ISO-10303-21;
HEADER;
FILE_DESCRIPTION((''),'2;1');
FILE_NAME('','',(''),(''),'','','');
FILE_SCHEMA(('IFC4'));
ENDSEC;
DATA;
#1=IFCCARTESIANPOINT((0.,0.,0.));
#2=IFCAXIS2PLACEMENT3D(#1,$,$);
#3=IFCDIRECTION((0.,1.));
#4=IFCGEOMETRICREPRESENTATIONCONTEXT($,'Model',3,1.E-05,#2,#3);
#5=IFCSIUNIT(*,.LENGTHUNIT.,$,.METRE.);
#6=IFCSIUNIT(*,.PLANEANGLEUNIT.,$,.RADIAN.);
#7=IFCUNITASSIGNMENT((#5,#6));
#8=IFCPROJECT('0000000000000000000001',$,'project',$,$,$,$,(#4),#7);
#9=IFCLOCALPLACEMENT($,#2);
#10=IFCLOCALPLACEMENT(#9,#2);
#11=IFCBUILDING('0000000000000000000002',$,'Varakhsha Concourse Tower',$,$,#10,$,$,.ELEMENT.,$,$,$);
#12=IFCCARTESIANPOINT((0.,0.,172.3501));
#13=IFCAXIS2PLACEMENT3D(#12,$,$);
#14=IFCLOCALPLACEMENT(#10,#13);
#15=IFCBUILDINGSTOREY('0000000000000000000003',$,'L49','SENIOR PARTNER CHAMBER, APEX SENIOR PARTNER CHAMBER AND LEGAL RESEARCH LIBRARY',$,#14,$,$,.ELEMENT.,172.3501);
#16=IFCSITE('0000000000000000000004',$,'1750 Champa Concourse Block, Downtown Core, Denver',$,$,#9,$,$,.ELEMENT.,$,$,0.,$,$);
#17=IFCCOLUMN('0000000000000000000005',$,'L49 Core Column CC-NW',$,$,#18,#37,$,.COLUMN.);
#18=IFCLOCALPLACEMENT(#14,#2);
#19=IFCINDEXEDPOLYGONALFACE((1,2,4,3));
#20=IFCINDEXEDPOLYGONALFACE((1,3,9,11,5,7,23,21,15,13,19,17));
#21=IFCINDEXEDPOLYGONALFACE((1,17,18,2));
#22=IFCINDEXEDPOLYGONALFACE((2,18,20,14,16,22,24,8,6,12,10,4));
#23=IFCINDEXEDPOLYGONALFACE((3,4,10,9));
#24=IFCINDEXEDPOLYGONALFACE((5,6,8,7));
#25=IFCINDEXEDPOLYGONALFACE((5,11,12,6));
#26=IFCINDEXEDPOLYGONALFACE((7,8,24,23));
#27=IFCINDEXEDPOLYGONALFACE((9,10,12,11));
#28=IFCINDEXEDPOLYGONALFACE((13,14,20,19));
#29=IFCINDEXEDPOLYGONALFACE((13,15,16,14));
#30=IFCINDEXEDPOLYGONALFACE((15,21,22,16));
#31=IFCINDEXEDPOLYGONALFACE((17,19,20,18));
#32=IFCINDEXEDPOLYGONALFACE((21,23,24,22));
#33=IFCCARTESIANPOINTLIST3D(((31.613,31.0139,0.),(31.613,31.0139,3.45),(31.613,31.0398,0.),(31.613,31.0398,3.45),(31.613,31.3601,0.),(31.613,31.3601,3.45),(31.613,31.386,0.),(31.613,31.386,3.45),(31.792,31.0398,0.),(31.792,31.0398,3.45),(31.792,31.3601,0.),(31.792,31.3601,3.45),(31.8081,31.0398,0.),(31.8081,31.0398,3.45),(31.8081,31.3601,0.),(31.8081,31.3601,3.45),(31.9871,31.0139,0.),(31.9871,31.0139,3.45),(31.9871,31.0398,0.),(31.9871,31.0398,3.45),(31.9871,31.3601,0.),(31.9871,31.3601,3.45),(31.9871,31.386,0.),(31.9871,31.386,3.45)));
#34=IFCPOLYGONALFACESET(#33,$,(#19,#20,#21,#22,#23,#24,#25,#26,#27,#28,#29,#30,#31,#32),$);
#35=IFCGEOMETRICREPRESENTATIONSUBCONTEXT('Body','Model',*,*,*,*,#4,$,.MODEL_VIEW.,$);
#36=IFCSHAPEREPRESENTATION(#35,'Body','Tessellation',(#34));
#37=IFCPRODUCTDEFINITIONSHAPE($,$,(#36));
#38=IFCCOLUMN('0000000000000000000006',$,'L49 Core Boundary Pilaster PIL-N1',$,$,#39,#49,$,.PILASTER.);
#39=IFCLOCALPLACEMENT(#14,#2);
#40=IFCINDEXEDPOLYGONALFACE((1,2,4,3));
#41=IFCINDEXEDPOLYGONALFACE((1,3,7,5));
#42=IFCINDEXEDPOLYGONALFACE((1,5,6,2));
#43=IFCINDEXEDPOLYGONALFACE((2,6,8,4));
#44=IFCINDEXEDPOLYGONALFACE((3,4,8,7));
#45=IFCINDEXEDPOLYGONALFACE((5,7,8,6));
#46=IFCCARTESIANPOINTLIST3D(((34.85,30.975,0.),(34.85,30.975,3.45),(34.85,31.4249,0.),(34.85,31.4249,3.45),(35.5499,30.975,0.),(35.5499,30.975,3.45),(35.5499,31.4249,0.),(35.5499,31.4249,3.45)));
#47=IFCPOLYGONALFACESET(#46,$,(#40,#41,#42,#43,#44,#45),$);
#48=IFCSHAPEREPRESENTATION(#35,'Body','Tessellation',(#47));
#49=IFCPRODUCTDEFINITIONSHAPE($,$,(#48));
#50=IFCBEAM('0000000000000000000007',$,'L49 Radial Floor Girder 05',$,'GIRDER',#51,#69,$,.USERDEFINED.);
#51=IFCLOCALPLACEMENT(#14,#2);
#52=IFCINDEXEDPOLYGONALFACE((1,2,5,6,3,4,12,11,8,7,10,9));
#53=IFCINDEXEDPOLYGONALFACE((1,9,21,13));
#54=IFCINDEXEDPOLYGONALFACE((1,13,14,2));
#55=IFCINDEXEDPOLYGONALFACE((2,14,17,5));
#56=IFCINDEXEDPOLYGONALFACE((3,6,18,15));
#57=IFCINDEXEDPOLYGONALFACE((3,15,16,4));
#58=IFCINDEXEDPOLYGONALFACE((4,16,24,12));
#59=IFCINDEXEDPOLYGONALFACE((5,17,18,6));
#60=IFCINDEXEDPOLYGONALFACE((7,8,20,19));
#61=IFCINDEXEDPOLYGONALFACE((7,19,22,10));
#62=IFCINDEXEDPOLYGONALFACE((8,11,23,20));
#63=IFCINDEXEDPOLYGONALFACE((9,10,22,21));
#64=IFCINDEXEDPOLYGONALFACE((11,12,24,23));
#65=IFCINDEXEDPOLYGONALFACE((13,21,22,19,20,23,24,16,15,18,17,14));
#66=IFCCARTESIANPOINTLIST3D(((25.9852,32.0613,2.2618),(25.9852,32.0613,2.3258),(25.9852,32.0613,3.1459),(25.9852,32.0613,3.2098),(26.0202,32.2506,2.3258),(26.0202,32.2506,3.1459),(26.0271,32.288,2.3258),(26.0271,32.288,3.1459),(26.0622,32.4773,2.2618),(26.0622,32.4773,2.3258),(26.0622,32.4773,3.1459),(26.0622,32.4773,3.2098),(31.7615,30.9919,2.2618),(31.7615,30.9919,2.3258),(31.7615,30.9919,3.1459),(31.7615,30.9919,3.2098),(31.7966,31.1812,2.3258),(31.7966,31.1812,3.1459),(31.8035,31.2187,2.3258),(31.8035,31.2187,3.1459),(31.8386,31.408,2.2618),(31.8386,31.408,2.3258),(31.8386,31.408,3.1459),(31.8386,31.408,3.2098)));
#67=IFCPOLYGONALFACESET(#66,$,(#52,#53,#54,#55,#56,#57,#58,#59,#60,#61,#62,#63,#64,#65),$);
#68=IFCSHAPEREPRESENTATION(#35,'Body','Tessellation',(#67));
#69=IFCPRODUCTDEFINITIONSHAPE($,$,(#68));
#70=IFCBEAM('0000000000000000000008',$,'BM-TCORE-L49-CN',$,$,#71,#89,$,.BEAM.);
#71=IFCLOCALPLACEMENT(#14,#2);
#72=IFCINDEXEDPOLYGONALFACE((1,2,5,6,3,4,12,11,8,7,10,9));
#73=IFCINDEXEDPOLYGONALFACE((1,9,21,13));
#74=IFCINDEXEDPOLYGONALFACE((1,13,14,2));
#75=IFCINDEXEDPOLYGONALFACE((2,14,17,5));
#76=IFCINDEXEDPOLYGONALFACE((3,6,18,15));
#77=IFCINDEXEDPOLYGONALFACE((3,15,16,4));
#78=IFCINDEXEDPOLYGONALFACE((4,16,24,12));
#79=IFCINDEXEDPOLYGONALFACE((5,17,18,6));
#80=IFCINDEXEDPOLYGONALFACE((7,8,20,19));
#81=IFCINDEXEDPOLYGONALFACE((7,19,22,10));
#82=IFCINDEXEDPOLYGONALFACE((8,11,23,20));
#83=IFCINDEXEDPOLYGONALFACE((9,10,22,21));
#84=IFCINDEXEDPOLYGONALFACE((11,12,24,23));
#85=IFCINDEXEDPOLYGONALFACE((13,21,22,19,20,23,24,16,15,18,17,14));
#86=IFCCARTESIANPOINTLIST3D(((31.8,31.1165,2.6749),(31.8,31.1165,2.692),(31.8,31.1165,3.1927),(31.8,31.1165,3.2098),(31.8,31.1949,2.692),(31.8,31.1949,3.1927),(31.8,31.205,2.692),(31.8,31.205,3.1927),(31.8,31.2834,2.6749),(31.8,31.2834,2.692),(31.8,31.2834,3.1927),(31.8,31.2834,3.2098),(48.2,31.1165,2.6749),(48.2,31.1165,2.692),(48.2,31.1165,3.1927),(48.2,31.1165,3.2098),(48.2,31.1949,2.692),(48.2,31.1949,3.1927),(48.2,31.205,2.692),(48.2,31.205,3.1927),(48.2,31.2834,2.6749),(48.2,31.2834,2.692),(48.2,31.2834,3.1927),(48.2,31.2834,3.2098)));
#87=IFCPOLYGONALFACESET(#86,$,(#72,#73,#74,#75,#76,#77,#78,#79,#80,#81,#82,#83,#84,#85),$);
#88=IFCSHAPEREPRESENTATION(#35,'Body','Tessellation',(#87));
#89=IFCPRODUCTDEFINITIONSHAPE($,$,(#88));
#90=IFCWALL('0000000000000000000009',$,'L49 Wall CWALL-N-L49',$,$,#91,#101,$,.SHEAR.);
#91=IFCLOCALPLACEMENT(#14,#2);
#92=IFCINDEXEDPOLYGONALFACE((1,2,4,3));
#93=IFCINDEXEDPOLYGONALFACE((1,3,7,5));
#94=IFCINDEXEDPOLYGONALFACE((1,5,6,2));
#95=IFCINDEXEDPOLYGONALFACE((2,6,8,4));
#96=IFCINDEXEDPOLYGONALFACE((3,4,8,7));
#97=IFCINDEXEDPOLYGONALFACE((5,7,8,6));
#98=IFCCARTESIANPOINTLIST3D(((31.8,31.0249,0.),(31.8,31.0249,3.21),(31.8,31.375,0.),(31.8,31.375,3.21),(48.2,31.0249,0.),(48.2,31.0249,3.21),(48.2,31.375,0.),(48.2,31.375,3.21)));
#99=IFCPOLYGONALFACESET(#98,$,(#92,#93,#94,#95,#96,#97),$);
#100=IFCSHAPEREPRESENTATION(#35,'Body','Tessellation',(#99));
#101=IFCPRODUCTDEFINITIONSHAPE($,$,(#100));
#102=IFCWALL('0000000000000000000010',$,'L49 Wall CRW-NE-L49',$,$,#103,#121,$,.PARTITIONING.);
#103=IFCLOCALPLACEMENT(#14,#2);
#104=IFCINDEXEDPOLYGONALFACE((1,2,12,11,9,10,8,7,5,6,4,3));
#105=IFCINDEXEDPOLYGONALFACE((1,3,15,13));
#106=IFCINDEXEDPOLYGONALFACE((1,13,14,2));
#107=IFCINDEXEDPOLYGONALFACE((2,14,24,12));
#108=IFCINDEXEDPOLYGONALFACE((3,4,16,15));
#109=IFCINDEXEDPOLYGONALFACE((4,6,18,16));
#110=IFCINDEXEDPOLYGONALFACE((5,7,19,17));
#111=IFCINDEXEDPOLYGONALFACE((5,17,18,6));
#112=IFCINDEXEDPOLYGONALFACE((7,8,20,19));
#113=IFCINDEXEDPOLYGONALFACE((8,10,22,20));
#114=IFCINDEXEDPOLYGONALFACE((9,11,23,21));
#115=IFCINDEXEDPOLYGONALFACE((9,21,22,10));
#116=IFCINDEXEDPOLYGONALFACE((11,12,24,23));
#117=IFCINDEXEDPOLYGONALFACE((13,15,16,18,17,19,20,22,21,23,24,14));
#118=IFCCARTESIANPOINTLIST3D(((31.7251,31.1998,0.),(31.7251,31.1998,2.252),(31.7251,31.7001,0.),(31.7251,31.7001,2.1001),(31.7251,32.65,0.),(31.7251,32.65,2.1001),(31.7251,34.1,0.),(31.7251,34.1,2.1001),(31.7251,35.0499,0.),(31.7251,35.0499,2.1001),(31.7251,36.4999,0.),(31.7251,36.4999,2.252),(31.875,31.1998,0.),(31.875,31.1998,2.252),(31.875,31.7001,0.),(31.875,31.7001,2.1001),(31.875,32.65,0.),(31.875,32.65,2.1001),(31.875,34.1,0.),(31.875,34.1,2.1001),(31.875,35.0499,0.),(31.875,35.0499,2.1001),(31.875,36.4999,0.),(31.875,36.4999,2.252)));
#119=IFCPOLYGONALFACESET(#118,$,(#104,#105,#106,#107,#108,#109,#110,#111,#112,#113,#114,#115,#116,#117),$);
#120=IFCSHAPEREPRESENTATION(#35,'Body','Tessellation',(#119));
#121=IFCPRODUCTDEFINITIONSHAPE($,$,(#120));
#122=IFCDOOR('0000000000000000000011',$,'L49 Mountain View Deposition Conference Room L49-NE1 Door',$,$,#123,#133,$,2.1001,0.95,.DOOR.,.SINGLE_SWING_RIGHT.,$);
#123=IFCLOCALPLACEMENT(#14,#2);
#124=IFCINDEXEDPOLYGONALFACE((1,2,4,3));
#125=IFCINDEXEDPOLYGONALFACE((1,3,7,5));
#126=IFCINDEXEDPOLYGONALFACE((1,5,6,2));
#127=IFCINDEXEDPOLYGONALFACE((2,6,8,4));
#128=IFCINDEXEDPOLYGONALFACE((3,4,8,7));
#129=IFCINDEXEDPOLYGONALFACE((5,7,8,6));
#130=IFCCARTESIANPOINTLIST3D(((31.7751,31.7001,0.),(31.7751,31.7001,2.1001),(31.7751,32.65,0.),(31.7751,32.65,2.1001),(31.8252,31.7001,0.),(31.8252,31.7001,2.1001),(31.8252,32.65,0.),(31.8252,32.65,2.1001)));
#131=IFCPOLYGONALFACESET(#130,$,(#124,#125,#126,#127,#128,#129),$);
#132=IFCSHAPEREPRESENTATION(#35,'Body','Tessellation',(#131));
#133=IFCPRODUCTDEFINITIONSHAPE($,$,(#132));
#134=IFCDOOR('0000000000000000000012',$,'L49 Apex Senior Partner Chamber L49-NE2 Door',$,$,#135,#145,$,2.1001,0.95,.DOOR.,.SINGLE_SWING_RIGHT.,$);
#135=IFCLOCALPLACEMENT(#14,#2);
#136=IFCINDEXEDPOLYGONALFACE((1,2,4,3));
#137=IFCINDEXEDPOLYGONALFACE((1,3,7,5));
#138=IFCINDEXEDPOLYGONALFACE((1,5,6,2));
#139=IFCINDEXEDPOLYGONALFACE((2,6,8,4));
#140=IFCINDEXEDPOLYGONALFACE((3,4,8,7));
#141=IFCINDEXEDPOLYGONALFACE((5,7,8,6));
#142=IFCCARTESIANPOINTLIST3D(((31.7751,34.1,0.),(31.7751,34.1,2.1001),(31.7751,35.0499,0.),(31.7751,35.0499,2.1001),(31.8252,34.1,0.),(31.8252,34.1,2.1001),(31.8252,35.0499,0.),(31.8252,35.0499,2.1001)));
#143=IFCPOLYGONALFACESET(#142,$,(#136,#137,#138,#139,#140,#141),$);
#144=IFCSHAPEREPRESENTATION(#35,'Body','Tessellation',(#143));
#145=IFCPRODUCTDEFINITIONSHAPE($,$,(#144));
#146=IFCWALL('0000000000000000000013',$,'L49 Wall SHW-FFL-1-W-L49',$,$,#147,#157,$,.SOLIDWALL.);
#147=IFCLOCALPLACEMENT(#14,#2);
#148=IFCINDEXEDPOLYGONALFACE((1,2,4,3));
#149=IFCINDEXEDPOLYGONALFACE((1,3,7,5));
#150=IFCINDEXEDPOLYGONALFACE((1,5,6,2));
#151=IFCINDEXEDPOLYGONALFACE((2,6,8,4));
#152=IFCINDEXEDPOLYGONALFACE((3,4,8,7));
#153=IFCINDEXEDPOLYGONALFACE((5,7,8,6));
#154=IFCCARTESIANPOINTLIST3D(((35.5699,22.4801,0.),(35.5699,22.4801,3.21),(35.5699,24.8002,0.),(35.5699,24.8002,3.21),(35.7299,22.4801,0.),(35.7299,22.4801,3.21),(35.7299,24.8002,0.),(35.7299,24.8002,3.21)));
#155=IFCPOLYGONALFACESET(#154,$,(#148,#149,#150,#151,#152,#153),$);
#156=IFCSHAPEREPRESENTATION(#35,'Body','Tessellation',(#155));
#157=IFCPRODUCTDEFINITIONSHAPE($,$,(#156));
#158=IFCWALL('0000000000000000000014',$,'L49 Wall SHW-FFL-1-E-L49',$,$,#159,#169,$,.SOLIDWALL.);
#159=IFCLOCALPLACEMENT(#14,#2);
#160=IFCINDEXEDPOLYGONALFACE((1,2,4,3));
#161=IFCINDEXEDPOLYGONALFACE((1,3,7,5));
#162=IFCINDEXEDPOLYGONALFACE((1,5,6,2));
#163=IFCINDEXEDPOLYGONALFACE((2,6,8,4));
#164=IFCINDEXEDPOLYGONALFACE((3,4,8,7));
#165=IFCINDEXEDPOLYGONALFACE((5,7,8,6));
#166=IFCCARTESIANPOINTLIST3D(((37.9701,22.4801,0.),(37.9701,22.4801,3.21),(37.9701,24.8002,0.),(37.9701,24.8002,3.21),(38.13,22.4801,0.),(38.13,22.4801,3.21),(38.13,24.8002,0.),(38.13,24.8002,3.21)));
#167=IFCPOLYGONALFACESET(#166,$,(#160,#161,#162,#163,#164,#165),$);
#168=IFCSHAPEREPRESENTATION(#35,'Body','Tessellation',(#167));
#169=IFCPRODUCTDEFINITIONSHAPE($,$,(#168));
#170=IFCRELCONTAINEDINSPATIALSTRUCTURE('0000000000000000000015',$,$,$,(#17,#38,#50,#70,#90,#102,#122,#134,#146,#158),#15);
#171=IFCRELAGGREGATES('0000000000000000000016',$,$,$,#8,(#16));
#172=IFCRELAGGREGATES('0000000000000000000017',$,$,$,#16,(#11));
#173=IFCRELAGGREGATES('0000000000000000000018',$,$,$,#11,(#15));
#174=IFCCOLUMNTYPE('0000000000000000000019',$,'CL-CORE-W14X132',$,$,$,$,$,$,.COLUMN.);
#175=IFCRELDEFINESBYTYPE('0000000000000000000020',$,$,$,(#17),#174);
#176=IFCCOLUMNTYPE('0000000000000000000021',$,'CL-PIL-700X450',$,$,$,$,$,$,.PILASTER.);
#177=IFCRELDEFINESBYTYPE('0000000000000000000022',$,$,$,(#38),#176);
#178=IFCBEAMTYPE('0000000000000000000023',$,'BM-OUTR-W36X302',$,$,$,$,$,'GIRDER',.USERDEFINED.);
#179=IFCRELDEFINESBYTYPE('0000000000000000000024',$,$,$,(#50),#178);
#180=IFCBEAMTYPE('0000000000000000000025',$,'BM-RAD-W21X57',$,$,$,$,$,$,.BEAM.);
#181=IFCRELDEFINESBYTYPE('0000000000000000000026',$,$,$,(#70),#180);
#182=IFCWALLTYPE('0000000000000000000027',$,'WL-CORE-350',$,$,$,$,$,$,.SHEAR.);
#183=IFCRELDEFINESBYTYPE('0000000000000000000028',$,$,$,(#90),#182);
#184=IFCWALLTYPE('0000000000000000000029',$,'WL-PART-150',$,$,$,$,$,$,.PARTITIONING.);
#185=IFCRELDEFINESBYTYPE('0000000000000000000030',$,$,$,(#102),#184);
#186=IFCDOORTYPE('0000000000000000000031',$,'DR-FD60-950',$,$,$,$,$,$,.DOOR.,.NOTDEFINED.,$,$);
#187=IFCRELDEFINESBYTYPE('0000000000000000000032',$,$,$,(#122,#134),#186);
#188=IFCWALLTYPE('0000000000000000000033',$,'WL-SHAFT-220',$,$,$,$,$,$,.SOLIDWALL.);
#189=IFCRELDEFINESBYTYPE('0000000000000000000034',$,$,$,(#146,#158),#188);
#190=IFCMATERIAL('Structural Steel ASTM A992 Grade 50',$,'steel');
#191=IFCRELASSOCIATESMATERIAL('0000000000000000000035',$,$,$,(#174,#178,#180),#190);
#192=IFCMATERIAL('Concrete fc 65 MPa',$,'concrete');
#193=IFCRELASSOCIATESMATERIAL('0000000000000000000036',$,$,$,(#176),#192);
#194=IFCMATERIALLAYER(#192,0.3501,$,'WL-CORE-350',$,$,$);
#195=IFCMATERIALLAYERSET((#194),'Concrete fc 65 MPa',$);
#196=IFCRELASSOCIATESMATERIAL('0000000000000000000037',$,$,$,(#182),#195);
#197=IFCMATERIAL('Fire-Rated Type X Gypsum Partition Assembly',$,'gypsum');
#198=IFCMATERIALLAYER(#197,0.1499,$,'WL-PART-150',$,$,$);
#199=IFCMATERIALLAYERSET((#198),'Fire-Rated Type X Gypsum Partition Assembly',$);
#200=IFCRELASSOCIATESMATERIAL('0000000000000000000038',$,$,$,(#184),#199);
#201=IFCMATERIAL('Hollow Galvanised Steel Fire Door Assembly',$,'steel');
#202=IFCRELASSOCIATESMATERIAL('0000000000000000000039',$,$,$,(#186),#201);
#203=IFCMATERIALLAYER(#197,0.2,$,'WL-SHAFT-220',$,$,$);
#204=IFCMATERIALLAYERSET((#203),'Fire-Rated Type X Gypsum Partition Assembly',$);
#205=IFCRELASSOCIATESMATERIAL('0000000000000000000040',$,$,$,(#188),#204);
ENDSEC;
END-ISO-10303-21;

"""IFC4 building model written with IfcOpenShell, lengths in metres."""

from ifc_helpers import new_model, si_unit, direction, frame, frame_2d, origin, origin_2d, place, context, subcontext, project, spatial, rectangle, i_section, extrude, material, layer, layer_set, material_profile, profile_set, type_object, element, fill, save


model = new_model("IFC4")

# Units and contexts
model_context = context("Model", 3, precision=1e-05, world=origin(), true_north=direction((0.0, 1.0)))
body_context = subcontext(model_context, "Body", "Model", "MODEL_VIEW")
ifc_project = project(units=[si_unit("LENGTHUNIT", "METRE"), si_unit("PLANEANGLEUNIT", "RADIAN")], contexts=[model_context])

# Site, building, storey
site_placement = place(None, origin())
site = spatial("IfcSite", under=ifc_project, at=site_placement, Name="1750 Champa Concourse Block, Downtown Core, Denver", CompositionType="ELEMENT", RefElevation=0.0)
building_placement = place(site_placement, origin())
building = spatial("IfcBuilding", under=site, at=building_placement, Name="Varakhsha Concourse Tower", CompositionType="ELEMENT")
storey_placement = place(building_placement, frame((0.0, 0.0, 172.3501)))
storey = spatial("IfcBuildingStorey", under=building, at=storey_placement, Name="L49", Description="SENIOR PARTNER CHAMBER, APEX SENIOR PARTNER CHAMBER AND LEGAL RESEARCH LIBRARY", CompositionType="ELEMENT", Elevation=172.3501)

# Columns
ifc_material_1 = material(Name="Structural Steel ASTM A992 Grade 50", Category="steel")
ifc_material_profile_1 = material_profile(ifc_material_1, i_section(OverallWidth=0.374, OverallDepth=0.3721, WebThickness=0.0161, FlangeThickness=0.0259, at=origin_2d()), Name="W14X132")
ifc_profile_set_1 = profile_set([ifc_material_profile_1], Name="Structural Steel ASTM A992 Grade 50")
column_type_1 = type_object("IfcColumnType", Name="CL-CORE-W14X132", PredefinedType="COLUMN", material=ifc_profile_set_1)
column_1_placement = place(storey_placement, frame((31.8, 31.2, 0.0), z_axis=(0.0, 0.0, 1.0), x_axis=(1.0, 0.0, 0.0)))
element("IfcColumn", 1, at=column_1_placement, inside=storey, type_object=column_type_1, Name="L49 Core Column CC-NW", PredefinedType="COLUMN", context=body_context, shape_type="SweptSolid", body=[
    extrude(i_section(OverallWidth=0.374, OverallDepth=0.3721, WebThickness=0.0161, FlangeThickness=0.0259, at=origin_2d()), origin(), (0.0, 0.0, 1.0), 3.45),
])
ifc_material_2 = material(Name="Concrete fc 65 MPa", Category="concrete")
ifc_material_profile_2 = material_profile(ifc_material_2, rectangle(XDim=0.7, YDim=0.45, at=origin_2d()), Name="RC 700x450")
ifc_profile_set_2 = profile_set([ifc_material_profile_2], Name="Concrete fc 65 MPa")
column_type_2 = type_object("IfcColumnType", Name="CL-PIL-700X450", PredefinedType="PILASTER", material=ifc_profile_set_2)
column_2_placement = place(storey_placement, frame((35.2, 31.2, 0.0), z_axis=(0.0, 0.0, 1.0), x_axis=(1.0, 0.0, 0.0)))
element("IfcColumn", 2, at=column_2_placement, inside=storey, type_object=column_type_2, Name="L49 Core Boundary Pilaster PIL-N1", PredefinedType="PILASTER", context=body_context, shape_type="SweptSolid", body=[
    extrude(rectangle(XDim=0.7, YDim=0.45, at=origin_2d()), origin(), (0.0, 0.0, 1.0), 3.45),
])

# Beams
ifc_material_profile_3 = material_profile(ifc_material_1, i_section(OverallWidth=0.4231, OverallDepth=0.948, WebThickness=0.0381, FlangeThickness=0.064, at=origin_2d()), Name="W36X302")
ifc_profile_set_3 = profile_set([ifc_material_profile_3], Name="Structural Steel ASTM A992 Grade 50")
beam_type_1 = type_object("IfcBeamType", Name="BM-OUTR-W36X302", ElementType="GIRDER", PredefinedType="USERDEFINED", material=ifc_profile_set_3)
beam_1_placement = place(storey_placement, frame((31.8, 31.2, 2.7358), z_axis=(-0.983293, 0.18203, 0.0), x_axis=(-0.18203, -0.983293, 0.0)))
element("IfcBeam", 3, at=beam_1_placement, inside=storey, type_object=beam_type_1, Name="L49 Radial Floor Girder 05", ObjectType="GIRDER", PredefinedType="USERDEFINED", context=body_context, shape_type="SweptSolid", body=[
    extrude(i_section(OverallWidth=0.4231, OverallDepth=0.948, WebThickness=0.0381, FlangeThickness=0.064, at=origin_2d()), origin(), (0.0, 0.0, 1.0), 5.8745),
])
ifc_material_profile_4 = material_profile(ifc_material_1, i_section(OverallWidth=0.167, OverallDepth=0.5349, WebThickness=0.01, FlangeThickness=0.0171, at=origin_2d()), Name="W21X57")
ifc_profile_set_4 = profile_set([ifc_material_profile_4], Name="Structural Steel ASTM A992 Grade 50")
beam_type_2 = type_object("IfcBeamType", Name="BM-RAD-W21X57", PredefinedType="BEAM", material=ifc_profile_set_4)
beam_2_placement = place(storey_placement, frame((31.8, 31.2, 2.9424), z_axis=(1.0, 0.0, 0.0), x_axis=(0.0, 1.0, 0.0)))
element("IfcBeam", 4, at=beam_2_placement, inside=storey, type_object=beam_type_2, Name="BM-TCORE-L49-CN", PredefinedType="BEAM", context=body_context, shape_type="SweptSolid", body=[
    extrude(i_section(OverallWidth=0.167, OverallDepth=0.5349, WebThickness=0.01, FlangeThickness=0.0171, at=origin_2d()), origin(), (0.0, 0.0, 1.0), 16.3999),
])

# Wall
ifc_layer_1 = layer(ifc_material_2, 0.3501, Name="WL-CORE-350")
ifc_layer_set_1 = layer_set([ifc_layer_1], Name="Concrete fc 65 MPa")
wall_type_1 = type_object("IfcWallType", Name="WL-CORE-350", PredefinedType="SHEAR", material=ifc_layer_set_1)
wall_1_placement = place(storey_placement, frame((31.8, 31.2, 0.0), z_axis=(0.0, 0.0, 1.0), x_axis=(1.0, 0.0, 0.0)))
element("IfcWall", 5, at=wall_1_placement, inside=storey, type_object=wall_type_1, Name="L49 Wall CWALL-N-L49", PredefinedType="SHEAR", context=body_context, shape_type="SweptSolid", body=[
    extrude(rectangle(XDim=16.3999, YDim=0.3501, at=frame_2d((8.2, 0.0))), origin(), (0.0, 0.0, 1.0), 3.21),
])

# Wall, openings, doors
ifc_material_3 = material(Name="Fire-Rated Type X Gypsum Partition Assembly", Category="gypsum")
ifc_layer_2 = layer(ifc_material_3, 0.1499, Name="WL-PART-150")
ifc_layer_set_2 = layer_set([ifc_layer_2], Name="Fire-Rated Type X Gypsum Partition Assembly")
wall_type_2 = type_object("IfcWallType", Name="WL-PART-150", PredefinedType="PARTITIONING", material=ifc_layer_set_2)
wall_2_placement = place(storey_placement, frame((31.8, 31.2, 0.0), z_axis=(0.0, 0.0, 1.0), x_axis=(0.0, 1.0, 0.0)))
wall_2 = element("IfcWall", 6, at=wall_2_placement, inside=storey, type_object=wall_type_2, Name="L49 Wall CRW-NE-L49", PredefinedType="PARTITIONING", context=body_context, shape_type="SweptSolid", body=[
    extrude(rectangle(XDim=5.3, YDim=0.1499, at=frame_2d((2.6499, 0.0))), origin(), (0.0, 0.0, 1.0), 2.252),
])
opening_1_placement = place(wall_2_placement, frame((0.5, 0.0, 0.0)))
opening_1 = element("IfcOpeningElement", 7, at=opening_1_placement, cuts=wall_2, PredefinedType="OPENING", context=body_context, shape_type="SweptSolid", body=[
    extrude(rectangle(XDim=0.95, YDim=2.1001, at=frame_2d((0.4751, 1.05))), frame((0.0, 0.085, 0.0), z_axis=(0.0, -1.0, 0.0), x_axis=(1.0, 0.0, 0.0)), (0.0, 0.0, 1.0), 0.1699),
])
opening_2_placement = place(wall_2_placement, frame((2.8999, 0.0, 0.0)))
opening_2 = element("IfcOpeningElement", 8, at=opening_2_placement, cuts=wall_2, PredefinedType="OPENING", context=body_context, shape_type="SweptSolid", body=[
    extrude(rectangle(XDim=0.95, YDim=2.1001, at=frame_2d((0.4751, 1.05))), frame((0.0, 0.085, 0.0), z_axis=(0.0, -1.0, 0.0), x_axis=(1.0, 0.0, 0.0)), (0.0, 0.0, 1.0), 0.1699),
])
ifc_material_4 = material(Name="Hollow Galvanised Steel Fire Door Assembly", Category="steel")
door_type_1 = type_object("IfcDoorType", Name="DR-FD60-950", OperationType="NOTDEFINED", PredefinedType="DOOR", material=ifc_material_4)
door_1_placement = place(opening_1_placement, origin())
door_1 = element("IfcDoor", 9, at=door_1_placement, inside=storey, type_object=door_type_1, Name="L49 Mountain View Deposition Conference Room L49-NE1 Door", OperationType="SINGLE_SWING_RIGHT", OverallHeight=2.1001, OverallWidth=0.95, PredefinedType="DOOR", context=body_context, shape_type="SweptSolid", body=[
    extrude(rectangle(XDim=0.95, YDim=2.1001, at=frame_2d((0.4751, 1.05))), frame((0.0, 0.0249, 0.0), z_axis=(0.0, -1.0, 0.0), x_axis=(1.0, 0.0, 0.0)), (0.0, 0.0, 1.0), 0.05),
])
fill(opening_1, door_1)
door_2_placement = place(opening_2_placement, origin())
door_2 = element("IfcDoor", 10, at=door_2_placement, inside=storey, type_object=door_type_1, Name="L49 Apex Senior Partner Chamber L49-NE2 Door", OperationType="SINGLE_SWING_RIGHT", OverallHeight=2.1001, OverallWidth=0.95, PredefinedType="DOOR", context=body_context, shape_type="SweptSolid", body=[
    extrude(rectangle(XDim=0.95, YDim=2.1001, at=frame_2d((0.4751, 1.05))), frame((0.0, 0.0249, 0.0), z_axis=(0.0, -1.0, 0.0), x_axis=(1.0, 0.0, 0.0)), (0.0, 0.0, 1.0), 0.05),
])
fill(opening_2, door_2)
ifc_layer_3 = layer(ifc_material_3, 0.2, Name="WL-SHAFT-220")
ifc_layer_set_3 = layer_set([ifc_layer_3], Name="Fire-Rated Type X Gypsum Partition Assembly")
wall_type_3 = type_object("IfcWallType", Name="WL-SHAFT-220", PredefinedType="SOLIDWALL", material=ifc_layer_set_3)

# Walls
for number, where, z_axis, x_axis, name in (
    (11, (35.6499, 22.48, 0.0), (0.0, 0.0, 1.0), (0.0, 1.0, 0.0), "L49 Wall SHW-FFL-1-W-L49"),
    (12, (38.05, 22.48, 0.0), (0.0, 0.0, 1.0), (0.0, 1.0, 0.0), "L49 Wall SHW-FFL-1-E-L49"),
):
    element("IfcWall", number, at=place(storey_placement, frame(where, z_axis=z_axis, x_axis=x_axis)), inside=storey, type_object=wall_type_3, Name=name, PredefinedType="SOLIDWALL", context=body_context, shape_type="SweptSolid", body=[
        extrude(rectangle(XDim=2.3201, YDim=0.1599, at=frame_2d((1.1602, 0.0))), origin(), (0.0, 0.0, 1.0), 3.21),
    ])

save(model, "model.ifc")
